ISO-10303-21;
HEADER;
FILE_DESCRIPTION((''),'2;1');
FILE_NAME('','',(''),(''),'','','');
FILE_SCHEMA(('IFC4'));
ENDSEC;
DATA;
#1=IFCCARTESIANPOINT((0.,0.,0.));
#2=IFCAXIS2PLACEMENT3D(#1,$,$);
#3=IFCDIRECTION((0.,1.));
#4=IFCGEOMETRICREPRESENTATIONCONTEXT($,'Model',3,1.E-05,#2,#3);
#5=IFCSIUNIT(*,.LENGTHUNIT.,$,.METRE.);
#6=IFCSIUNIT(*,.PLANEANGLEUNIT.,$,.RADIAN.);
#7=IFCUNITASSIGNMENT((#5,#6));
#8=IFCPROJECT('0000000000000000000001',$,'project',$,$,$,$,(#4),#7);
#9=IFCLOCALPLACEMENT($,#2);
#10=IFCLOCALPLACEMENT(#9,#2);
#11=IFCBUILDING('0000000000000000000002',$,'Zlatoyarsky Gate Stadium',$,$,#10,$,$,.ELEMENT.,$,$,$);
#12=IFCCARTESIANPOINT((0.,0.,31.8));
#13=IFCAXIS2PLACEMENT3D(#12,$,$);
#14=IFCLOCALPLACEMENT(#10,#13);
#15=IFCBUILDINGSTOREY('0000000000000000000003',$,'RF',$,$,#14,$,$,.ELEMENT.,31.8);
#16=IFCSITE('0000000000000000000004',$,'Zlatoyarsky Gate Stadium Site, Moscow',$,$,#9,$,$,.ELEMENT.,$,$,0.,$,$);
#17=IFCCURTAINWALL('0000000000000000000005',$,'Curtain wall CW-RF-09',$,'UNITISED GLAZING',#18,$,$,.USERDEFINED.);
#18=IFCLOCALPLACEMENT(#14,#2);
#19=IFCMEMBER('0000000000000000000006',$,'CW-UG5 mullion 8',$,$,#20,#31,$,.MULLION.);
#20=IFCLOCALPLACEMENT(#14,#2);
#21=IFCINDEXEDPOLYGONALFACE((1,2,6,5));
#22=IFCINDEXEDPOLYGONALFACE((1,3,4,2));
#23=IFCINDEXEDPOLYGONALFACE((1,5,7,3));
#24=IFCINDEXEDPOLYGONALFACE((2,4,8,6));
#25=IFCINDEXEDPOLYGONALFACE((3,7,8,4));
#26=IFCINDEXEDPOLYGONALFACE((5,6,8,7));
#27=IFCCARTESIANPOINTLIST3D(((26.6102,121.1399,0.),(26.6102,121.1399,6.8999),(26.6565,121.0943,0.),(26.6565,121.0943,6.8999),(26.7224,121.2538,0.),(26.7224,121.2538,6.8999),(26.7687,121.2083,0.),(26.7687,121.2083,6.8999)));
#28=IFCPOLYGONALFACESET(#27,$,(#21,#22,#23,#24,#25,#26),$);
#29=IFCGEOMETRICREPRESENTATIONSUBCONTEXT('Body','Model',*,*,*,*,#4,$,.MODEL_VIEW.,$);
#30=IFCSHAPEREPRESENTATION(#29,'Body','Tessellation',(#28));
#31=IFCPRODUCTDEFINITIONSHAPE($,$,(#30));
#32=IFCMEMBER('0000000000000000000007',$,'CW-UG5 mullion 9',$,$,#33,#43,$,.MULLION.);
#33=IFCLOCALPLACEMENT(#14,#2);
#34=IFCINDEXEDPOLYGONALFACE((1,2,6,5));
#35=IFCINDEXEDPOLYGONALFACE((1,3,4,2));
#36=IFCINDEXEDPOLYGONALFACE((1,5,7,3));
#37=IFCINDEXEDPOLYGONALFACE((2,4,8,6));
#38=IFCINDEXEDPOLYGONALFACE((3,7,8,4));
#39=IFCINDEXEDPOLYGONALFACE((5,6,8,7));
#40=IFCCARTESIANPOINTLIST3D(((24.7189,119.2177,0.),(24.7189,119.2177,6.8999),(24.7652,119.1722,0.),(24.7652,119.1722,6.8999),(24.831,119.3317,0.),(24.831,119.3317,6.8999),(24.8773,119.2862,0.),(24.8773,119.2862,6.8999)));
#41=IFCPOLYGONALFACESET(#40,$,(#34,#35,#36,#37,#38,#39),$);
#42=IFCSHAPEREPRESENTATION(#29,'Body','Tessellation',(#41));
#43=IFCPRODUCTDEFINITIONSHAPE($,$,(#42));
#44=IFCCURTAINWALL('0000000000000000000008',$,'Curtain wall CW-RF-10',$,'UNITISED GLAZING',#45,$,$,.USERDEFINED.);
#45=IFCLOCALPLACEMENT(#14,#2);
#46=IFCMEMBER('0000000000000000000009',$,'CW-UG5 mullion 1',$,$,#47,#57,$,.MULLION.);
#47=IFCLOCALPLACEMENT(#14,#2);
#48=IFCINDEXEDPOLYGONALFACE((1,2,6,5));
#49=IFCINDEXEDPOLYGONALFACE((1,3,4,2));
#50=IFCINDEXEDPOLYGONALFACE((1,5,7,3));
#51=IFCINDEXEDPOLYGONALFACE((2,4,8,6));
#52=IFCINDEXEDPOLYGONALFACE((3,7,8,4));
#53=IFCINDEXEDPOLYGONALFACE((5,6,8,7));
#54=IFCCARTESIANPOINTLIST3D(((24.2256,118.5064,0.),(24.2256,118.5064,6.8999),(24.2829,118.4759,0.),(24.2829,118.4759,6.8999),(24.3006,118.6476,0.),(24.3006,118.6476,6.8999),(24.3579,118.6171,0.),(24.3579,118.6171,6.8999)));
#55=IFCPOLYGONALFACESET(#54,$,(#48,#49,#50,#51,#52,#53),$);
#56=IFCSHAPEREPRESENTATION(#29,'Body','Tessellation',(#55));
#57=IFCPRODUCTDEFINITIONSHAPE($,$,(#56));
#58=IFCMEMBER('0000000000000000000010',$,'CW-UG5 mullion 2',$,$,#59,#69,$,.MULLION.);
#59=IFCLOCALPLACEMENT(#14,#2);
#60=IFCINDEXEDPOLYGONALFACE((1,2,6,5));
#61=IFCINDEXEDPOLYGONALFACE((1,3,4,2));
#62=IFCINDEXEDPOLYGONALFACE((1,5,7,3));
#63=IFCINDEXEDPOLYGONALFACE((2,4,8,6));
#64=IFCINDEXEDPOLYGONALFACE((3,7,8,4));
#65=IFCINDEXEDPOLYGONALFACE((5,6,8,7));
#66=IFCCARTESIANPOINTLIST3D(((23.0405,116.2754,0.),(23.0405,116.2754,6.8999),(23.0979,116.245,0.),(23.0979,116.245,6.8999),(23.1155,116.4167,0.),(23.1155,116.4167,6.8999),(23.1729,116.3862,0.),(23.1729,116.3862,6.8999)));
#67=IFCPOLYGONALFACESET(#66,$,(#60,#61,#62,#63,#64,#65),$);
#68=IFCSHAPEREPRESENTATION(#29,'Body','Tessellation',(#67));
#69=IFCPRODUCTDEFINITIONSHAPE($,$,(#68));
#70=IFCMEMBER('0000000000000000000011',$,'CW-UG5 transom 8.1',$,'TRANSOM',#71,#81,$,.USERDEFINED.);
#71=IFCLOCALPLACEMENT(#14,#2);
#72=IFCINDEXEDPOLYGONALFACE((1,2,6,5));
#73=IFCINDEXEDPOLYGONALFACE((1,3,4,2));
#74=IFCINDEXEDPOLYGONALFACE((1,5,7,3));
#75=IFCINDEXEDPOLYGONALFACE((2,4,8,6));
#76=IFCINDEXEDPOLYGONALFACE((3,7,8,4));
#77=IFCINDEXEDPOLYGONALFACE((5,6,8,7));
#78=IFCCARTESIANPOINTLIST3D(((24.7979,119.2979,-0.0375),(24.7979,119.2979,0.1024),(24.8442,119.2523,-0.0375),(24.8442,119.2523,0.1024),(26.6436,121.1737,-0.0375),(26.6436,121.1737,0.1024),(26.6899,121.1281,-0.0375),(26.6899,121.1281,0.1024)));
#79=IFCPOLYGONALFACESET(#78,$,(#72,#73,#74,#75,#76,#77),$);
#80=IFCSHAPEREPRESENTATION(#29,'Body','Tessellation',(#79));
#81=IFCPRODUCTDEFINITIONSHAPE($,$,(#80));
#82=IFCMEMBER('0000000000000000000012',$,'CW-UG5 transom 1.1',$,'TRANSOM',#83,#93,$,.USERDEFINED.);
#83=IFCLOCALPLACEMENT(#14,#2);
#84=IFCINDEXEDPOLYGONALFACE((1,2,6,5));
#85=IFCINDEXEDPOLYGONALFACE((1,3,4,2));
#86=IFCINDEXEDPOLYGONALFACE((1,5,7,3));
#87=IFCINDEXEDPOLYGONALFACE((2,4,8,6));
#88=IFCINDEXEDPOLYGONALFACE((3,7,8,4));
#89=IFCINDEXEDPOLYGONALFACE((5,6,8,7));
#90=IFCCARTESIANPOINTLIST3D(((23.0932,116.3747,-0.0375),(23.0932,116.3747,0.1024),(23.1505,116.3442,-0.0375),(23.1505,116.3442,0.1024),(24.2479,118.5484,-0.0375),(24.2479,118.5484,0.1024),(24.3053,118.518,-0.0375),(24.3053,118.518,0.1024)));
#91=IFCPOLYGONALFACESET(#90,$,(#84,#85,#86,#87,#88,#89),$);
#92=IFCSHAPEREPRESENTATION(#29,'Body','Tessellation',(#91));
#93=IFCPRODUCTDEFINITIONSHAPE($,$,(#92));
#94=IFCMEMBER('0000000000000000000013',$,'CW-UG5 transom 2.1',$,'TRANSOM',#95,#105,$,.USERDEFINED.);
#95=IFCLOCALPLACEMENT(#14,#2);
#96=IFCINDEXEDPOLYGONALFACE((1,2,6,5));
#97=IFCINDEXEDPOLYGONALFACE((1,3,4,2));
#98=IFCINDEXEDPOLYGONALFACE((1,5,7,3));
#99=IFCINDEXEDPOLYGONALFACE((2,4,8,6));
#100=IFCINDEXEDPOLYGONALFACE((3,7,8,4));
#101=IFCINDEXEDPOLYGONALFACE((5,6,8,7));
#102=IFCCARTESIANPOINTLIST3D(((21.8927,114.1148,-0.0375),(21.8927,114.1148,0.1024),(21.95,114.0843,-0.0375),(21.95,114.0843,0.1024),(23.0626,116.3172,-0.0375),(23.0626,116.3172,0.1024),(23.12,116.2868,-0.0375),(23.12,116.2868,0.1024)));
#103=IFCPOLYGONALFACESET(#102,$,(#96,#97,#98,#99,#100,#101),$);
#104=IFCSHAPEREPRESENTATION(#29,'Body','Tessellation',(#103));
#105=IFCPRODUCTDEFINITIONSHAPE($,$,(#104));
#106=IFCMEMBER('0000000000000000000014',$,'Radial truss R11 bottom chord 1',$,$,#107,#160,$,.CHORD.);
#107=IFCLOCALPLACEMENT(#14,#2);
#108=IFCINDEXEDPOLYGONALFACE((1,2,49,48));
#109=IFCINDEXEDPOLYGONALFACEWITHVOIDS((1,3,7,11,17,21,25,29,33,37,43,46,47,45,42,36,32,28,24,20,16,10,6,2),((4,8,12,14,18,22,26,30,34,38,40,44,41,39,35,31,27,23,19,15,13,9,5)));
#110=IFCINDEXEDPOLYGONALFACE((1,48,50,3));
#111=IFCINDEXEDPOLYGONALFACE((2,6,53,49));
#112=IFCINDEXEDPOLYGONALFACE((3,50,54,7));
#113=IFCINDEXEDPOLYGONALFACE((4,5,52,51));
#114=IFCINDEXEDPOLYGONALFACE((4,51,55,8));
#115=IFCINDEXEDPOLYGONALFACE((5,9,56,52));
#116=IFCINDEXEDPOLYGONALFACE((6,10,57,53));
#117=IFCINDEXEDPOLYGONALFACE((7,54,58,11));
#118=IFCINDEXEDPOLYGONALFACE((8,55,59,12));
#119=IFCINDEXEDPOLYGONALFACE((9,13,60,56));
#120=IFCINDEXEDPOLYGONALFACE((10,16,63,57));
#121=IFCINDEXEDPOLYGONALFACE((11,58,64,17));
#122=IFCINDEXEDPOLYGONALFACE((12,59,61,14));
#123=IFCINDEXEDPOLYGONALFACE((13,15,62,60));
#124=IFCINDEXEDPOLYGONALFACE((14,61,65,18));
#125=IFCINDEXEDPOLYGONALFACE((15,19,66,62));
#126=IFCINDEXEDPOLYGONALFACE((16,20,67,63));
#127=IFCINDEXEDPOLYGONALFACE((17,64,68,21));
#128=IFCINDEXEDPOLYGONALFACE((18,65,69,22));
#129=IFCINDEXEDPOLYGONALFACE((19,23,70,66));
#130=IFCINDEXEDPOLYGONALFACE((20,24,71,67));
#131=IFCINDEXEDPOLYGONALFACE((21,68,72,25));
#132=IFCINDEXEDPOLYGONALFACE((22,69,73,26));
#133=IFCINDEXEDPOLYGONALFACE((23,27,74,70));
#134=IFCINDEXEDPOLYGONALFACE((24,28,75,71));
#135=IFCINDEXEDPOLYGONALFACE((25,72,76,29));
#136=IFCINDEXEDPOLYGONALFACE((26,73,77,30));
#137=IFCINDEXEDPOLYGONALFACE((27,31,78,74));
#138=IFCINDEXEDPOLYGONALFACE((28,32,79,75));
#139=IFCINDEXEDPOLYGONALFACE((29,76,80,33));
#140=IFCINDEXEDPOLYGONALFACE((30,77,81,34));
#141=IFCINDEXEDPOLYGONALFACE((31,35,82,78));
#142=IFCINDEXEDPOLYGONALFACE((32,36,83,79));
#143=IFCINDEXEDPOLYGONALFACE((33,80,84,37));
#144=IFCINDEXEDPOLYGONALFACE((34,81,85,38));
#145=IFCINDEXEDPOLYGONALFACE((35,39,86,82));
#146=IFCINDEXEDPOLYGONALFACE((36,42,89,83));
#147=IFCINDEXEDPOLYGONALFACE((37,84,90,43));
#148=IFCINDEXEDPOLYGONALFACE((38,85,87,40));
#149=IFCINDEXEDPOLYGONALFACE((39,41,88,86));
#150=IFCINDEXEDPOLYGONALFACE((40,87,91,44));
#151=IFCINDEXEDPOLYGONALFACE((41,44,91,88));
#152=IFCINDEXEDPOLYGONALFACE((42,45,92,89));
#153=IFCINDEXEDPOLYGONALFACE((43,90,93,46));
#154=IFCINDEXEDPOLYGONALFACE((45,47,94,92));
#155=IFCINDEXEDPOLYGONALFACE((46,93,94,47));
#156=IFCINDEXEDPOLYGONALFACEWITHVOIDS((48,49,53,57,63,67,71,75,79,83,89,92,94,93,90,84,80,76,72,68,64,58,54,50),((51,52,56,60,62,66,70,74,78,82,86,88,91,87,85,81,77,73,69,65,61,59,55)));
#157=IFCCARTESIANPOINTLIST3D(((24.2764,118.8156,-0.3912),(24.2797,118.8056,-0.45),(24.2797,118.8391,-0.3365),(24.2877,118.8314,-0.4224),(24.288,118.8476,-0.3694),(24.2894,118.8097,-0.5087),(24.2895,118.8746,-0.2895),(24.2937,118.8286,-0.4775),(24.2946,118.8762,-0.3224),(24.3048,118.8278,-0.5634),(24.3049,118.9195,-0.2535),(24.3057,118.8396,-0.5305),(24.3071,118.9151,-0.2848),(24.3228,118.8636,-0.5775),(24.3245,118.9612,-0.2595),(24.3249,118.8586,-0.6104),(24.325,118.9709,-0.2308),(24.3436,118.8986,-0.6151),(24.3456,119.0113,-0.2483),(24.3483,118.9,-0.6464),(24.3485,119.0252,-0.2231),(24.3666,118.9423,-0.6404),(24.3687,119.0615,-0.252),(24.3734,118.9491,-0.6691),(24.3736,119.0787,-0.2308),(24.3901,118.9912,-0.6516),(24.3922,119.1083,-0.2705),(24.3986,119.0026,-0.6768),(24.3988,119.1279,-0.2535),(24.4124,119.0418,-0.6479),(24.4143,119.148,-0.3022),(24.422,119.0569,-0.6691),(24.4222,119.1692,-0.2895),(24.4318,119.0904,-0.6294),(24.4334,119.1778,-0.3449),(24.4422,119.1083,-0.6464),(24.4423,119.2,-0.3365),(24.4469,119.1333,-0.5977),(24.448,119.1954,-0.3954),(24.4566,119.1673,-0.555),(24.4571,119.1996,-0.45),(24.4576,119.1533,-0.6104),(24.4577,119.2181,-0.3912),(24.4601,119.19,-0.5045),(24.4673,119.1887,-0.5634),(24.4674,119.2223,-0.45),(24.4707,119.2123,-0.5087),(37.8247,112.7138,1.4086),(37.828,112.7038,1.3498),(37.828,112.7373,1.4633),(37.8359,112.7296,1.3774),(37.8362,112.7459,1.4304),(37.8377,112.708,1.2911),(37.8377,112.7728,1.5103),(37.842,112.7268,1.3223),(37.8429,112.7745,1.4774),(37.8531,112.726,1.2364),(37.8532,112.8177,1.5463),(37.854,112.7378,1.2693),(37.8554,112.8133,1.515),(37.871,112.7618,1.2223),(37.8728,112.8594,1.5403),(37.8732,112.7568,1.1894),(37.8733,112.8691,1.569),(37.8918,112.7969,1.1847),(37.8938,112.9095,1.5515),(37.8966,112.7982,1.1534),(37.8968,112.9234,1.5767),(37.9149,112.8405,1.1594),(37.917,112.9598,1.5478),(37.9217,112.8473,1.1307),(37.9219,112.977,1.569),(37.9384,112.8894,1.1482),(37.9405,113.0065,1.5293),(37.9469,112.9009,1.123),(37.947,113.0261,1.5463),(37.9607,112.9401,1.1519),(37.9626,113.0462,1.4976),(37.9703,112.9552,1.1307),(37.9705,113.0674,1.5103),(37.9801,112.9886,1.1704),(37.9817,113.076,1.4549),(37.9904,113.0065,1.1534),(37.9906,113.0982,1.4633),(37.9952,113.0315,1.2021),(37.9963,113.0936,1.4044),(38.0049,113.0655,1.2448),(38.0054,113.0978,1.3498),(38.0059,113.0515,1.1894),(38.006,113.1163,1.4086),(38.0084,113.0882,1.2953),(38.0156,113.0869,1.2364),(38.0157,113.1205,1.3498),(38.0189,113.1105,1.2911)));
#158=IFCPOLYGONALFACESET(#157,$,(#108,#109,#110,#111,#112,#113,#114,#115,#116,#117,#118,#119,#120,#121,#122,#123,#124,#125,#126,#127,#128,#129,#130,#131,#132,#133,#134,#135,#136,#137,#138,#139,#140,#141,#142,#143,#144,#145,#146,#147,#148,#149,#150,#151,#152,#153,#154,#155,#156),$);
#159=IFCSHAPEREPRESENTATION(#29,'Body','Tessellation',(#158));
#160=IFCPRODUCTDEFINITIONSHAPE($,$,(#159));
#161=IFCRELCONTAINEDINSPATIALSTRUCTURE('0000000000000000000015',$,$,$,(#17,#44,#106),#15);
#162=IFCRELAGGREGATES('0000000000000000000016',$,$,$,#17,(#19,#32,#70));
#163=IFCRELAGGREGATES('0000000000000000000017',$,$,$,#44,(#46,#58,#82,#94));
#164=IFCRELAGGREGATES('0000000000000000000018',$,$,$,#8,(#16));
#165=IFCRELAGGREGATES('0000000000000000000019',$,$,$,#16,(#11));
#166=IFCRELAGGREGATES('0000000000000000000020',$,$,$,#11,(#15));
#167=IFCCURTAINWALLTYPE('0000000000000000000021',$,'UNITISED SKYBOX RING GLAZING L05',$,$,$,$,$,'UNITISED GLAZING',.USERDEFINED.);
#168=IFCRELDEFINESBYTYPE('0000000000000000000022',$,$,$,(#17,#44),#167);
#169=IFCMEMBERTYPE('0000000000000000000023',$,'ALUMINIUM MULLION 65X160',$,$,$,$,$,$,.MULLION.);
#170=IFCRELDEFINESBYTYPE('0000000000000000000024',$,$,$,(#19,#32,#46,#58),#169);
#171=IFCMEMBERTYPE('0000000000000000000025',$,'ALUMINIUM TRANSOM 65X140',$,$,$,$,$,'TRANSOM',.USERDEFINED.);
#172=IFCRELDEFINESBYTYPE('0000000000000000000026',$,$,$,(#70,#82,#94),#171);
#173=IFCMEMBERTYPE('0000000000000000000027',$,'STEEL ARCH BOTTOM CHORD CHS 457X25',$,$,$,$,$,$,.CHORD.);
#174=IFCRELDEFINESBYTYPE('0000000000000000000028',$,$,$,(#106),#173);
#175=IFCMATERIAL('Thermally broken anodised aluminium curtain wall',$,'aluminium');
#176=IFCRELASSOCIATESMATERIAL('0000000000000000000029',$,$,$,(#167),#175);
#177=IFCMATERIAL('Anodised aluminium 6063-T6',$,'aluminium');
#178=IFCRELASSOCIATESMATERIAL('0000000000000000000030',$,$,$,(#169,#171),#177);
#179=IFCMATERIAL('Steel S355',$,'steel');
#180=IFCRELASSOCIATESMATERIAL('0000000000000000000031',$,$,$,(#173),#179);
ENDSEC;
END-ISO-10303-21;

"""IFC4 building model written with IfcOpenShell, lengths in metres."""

from ifc_helpers import new_model, si_unit, direction, frame, origin, origin_2d, place, context, subcontext, project, spatial, rectangle, hollow_circle, extrude, material, material_profile, profile_set, type_object, element, aggregate, save


model = new_model("IFC4")

# Units and contexts
model_context = context("Model", 3, precision=1e-05, world=origin(), true_north=direction((0.0, 1.0)))
body_context = subcontext(model_context, "Body", "Model", "MODEL_VIEW")
ifc_project = project(units=[si_unit("LENGTHUNIT", "METRE"), si_unit("PLANEANGLEUNIT", "RADIAN")], contexts=[model_context])

# Site, building, storey
site_placement = place(None, origin())
site = spatial("IfcSite", under=ifc_project, at=site_placement, Name="Zlatoyarsky Gate Stadium Site, Moscow", CompositionType="ELEMENT", RefElevation=0.0)
building_placement = place(site_placement, origin())
building = spatial("IfcBuilding", under=site, at=building_placement, Name="Zlatoyarsky Gate Stadium", CompositionType="ELEMENT")
storey_placement = place(building_placement, frame((0.0, 0.0, 31.8)))
storey = spatial("IfcBuildingStorey", under=building, at=storey_placement, Name="RF", CompositionType="ELEMENT", Elevation=31.8)

# Curtain walls, members
ifc_material_1 = material(Name="Thermally broken anodised aluminium curtain wall", Category="aluminium")
curtain_wall_type = type_object("IfcCurtainWallType", Name="UNITISED SKYBOX RING GLAZING L05", ElementType="UNITISED GLAZING", PredefinedType="USERDEFINED", material=ifc_material_1)
curtain_wall_1_placement = place(storey_placement, origin())
curtain_wall_1 = element("IfcCurtainWall", 1, at=curtain_wall_1_placement, inside=storey, type_object=curtain_wall_type, Name="Curtain wall CW-RF-09", ObjectType="UNITISED GLAZING", PredefinedType="USERDEFINED")
ifc_material_2 = material(Name="Anodised aluminium 6063-T6", Category="aluminium")
ifc_material_profile_1 = material_profile(ifc_material_2, rectangle(XDim=0.0649, YDim=0.1599, at=origin_2d()), Name="ALU 65X160")
ifc_profile_set_1 = profile_set([ifc_material_profile_1], Name="Anodised aluminium 6063-T6")
member_type_1 = type_object("IfcMemberType", Name="ALUMINIUM MULLION 65X160", PredefinedType="MULLION", material=ifc_profile_set_1)
member_1_placement = place(storey_placement, frame((26.6895, 121.1741, 0.0), z_axis=(0.0, 0.0, 1.0), x_axis=(0.712766, -0.701402, 0.0)))
member_1 = element("IfcMember", 2, at=member_1_placement, type_object=member_type_1, Name="CW-UG5 mullion 8", PredefinedType="MULLION", context=body_context, shape_type="SweptSolid", body=[
    extrude(rectangle(XDim=0.0649, YDim=0.1599, at=origin_2d()), origin(), (0.0, 0.0, 1.0), 6.8999),
])
member_2_placement = place(storey_placement, frame((24.7981, 119.252, 0.0), z_axis=(0.0, 0.0, 1.0), x_axis=(0.712766, -0.701402, 0.0)))
member_2 = element("IfcMember", 3, at=member_2_placement, type_object=member_type_1, Name="CW-UG5 mullion 9", PredefinedType="MULLION", context=body_context, shape_type="SweptSolid", body=[
    extrude(rectangle(XDim=0.0649, YDim=0.1599, at=origin_2d()), origin(), (0.0, 0.0, 1.0), 6.8999),
])
curtain_wall_2_placement = place(storey_placement, origin())
curtain_wall_2 = element("IfcCurtainWall", 4, at=curtain_wall_2_placement, inside=storey, type_object=curtain_wall_type, Name="Curtain wall CW-RF-10", ObjectType="UNITISED GLAZING", PredefinedType="USERDEFINED")
member_3_placement = place(storey_placement, frame((24.2917, 118.5618, 0.0), z_axis=(0.0, 0.0, 1.0), x_axis=(0.883131, -0.469127, 0.0)))
member_3 = element("IfcMember", 5, at=member_3_placement, type_object=member_type_1, Name="CW-UG5 mullion 1", PredefinedType="MULLION", context=body_context, shape_type="SweptSolid", body=[
    extrude(rectangle(XDim=0.0649, YDim=0.1599, at=origin_2d()), origin(), (0.0, 0.0, 1.0), 6.8999),
])
member_4_placement = place(storey_placement, frame((23.1067, 116.3308, 0.0), z_axis=(0.0, 0.0, 1.0), x_axis=(0.883131, -0.469127, 0.0)))
member_4 = element("IfcMember", 6, at=member_4_placement, type_object=member_type_1, Name="CW-UG5 mullion 2", PredefinedType="MULLION", context=body_context, shape_type="SweptSolid", body=[
    extrude(rectangle(XDim=0.0649, YDim=0.1599, at=origin_2d()), origin(), (0.0, 0.0, 1.0), 6.8999),
])

# Members
ifc_material_profile_2 = material_profile(ifc_material_2, rectangle(XDim=0.0649, YDim=0.1399, at=origin_2d()), Name="ALU 65X140")
ifc_profile_set_2 = profile_set([ifc_material_profile_2], Name="Anodised aluminium 6063-T6")
member_type_2 = type_object("IfcMemberType", Name="ALUMINIUM TRANSOM 65X140", ElementType="TRANSOM", PredefinedType="USERDEFINED", material=ifc_profile_set_2)
member_5_placement = place(storey_placement, frame((26.6667, 121.1509, 0.0325), z_axis=(-0.701378, -0.712789, 0.0), x_axis=(0.712789, -0.701378, 0.0)))
member_5 = element("IfcMember", 7, at=member_5_placement, type_object=member_type_2, Name="CW-UG5 transom 8.1", ObjectType="TRANSOM", PredefinedType="USERDEFINED", context=body_context, shape_type="SweptSolid", body=[
    extrude(rectangle(XDim=0.0649, YDim=0.1399, at=origin_2d()), origin(), (0.0, 0.0, 1.0), 2.6316),
])
aggregate(curtain_wall_1, [member_1, member_2, member_5])
member_6_placement = place(storey_placement, frame((24.2766, 118.5332, 0.0325), z_axis=(-0.469136, -0.883126, 0.0), x_axis=(0.883126, -0.469136, 0.0)))
member_6 = element("IfcMember", 8, at=member_6_placement, type_object=member_type_2, Name="CW-UG5 transom 1.1", ObjectType="TRANSOM", PredefinedType="USERDEFINED", context=body_context, shape_type="SweptSolid", body=[
    extrude(rectangle(XDim=0.0649, YDim=0.1399, at=origin_2d()), origin(), (0.0, 0.0, 1.0), 2.4614),
])
member_7_placement = place(storey_placement, frame((23.0913, 116.302, 0.0325), z_axis=(-0.469124, -0.883132, 0.0), x_axis=(0.883132, -0.469124, 0.0)))
member_7 = element("IfcMember", 9, at=member_7_placement, type_object=member_type_2, Name="CW-UG5 transom 2.1", ObjectType="TRANSOM", PredefinedType="USERDEFINED", context=body_context, shape_type="SweptSolid", body=[
    extrude(rectangle(XDim=0.0649, YDim=0.1399, at=origin_2d()), origin(), (0.0, 0.0, 1.0), 2.4939),
])
aggregate(curtain_wall_2, [member_3, member_4, member_6, member_7])

# Member
ifc_material_3 = material(Name="Steel S355", Category="steel")
ifc_material_profile_3 = material_profile(ifc_material_3, hollow_circle(Radius=0.2285, WallThickness=0.0249, at=origin_2d()), Name="CHS 457X25")
ifc_profile_set_3 = profile_set([ifc_material_profile_3], Name="Steel S355")
member_type_3 = type_object("IfcMemberType", Name="STEEL ARCH BOTTOM CHORD CHS 457X25", PredefinedType="CHORD", material=ifc_profile_set_3)
member_8_placement = place(storey_placement, frame((24.3735, 119.0139, -0.45), z_axis=(0.905178, -0.407668, 0.120247), x_axis=(0.410647, 0.911794, 0.0)))
element("IfcMember", 10, at=member_8_placement, inside=storey, type_object=member_type_3, Name="Radial truss R11 bottom chord 1", PredefinedType="CHORD", context=body_context, shape_type="SweptSolid", body=[
    extrude(hollow_circle(Radius=0.2285, WallThickness=0.0249, at=origin_2d()), origin(), (0.0, 0.0, 1.0), 14.9675),
])

save(model, "model.ifc")
